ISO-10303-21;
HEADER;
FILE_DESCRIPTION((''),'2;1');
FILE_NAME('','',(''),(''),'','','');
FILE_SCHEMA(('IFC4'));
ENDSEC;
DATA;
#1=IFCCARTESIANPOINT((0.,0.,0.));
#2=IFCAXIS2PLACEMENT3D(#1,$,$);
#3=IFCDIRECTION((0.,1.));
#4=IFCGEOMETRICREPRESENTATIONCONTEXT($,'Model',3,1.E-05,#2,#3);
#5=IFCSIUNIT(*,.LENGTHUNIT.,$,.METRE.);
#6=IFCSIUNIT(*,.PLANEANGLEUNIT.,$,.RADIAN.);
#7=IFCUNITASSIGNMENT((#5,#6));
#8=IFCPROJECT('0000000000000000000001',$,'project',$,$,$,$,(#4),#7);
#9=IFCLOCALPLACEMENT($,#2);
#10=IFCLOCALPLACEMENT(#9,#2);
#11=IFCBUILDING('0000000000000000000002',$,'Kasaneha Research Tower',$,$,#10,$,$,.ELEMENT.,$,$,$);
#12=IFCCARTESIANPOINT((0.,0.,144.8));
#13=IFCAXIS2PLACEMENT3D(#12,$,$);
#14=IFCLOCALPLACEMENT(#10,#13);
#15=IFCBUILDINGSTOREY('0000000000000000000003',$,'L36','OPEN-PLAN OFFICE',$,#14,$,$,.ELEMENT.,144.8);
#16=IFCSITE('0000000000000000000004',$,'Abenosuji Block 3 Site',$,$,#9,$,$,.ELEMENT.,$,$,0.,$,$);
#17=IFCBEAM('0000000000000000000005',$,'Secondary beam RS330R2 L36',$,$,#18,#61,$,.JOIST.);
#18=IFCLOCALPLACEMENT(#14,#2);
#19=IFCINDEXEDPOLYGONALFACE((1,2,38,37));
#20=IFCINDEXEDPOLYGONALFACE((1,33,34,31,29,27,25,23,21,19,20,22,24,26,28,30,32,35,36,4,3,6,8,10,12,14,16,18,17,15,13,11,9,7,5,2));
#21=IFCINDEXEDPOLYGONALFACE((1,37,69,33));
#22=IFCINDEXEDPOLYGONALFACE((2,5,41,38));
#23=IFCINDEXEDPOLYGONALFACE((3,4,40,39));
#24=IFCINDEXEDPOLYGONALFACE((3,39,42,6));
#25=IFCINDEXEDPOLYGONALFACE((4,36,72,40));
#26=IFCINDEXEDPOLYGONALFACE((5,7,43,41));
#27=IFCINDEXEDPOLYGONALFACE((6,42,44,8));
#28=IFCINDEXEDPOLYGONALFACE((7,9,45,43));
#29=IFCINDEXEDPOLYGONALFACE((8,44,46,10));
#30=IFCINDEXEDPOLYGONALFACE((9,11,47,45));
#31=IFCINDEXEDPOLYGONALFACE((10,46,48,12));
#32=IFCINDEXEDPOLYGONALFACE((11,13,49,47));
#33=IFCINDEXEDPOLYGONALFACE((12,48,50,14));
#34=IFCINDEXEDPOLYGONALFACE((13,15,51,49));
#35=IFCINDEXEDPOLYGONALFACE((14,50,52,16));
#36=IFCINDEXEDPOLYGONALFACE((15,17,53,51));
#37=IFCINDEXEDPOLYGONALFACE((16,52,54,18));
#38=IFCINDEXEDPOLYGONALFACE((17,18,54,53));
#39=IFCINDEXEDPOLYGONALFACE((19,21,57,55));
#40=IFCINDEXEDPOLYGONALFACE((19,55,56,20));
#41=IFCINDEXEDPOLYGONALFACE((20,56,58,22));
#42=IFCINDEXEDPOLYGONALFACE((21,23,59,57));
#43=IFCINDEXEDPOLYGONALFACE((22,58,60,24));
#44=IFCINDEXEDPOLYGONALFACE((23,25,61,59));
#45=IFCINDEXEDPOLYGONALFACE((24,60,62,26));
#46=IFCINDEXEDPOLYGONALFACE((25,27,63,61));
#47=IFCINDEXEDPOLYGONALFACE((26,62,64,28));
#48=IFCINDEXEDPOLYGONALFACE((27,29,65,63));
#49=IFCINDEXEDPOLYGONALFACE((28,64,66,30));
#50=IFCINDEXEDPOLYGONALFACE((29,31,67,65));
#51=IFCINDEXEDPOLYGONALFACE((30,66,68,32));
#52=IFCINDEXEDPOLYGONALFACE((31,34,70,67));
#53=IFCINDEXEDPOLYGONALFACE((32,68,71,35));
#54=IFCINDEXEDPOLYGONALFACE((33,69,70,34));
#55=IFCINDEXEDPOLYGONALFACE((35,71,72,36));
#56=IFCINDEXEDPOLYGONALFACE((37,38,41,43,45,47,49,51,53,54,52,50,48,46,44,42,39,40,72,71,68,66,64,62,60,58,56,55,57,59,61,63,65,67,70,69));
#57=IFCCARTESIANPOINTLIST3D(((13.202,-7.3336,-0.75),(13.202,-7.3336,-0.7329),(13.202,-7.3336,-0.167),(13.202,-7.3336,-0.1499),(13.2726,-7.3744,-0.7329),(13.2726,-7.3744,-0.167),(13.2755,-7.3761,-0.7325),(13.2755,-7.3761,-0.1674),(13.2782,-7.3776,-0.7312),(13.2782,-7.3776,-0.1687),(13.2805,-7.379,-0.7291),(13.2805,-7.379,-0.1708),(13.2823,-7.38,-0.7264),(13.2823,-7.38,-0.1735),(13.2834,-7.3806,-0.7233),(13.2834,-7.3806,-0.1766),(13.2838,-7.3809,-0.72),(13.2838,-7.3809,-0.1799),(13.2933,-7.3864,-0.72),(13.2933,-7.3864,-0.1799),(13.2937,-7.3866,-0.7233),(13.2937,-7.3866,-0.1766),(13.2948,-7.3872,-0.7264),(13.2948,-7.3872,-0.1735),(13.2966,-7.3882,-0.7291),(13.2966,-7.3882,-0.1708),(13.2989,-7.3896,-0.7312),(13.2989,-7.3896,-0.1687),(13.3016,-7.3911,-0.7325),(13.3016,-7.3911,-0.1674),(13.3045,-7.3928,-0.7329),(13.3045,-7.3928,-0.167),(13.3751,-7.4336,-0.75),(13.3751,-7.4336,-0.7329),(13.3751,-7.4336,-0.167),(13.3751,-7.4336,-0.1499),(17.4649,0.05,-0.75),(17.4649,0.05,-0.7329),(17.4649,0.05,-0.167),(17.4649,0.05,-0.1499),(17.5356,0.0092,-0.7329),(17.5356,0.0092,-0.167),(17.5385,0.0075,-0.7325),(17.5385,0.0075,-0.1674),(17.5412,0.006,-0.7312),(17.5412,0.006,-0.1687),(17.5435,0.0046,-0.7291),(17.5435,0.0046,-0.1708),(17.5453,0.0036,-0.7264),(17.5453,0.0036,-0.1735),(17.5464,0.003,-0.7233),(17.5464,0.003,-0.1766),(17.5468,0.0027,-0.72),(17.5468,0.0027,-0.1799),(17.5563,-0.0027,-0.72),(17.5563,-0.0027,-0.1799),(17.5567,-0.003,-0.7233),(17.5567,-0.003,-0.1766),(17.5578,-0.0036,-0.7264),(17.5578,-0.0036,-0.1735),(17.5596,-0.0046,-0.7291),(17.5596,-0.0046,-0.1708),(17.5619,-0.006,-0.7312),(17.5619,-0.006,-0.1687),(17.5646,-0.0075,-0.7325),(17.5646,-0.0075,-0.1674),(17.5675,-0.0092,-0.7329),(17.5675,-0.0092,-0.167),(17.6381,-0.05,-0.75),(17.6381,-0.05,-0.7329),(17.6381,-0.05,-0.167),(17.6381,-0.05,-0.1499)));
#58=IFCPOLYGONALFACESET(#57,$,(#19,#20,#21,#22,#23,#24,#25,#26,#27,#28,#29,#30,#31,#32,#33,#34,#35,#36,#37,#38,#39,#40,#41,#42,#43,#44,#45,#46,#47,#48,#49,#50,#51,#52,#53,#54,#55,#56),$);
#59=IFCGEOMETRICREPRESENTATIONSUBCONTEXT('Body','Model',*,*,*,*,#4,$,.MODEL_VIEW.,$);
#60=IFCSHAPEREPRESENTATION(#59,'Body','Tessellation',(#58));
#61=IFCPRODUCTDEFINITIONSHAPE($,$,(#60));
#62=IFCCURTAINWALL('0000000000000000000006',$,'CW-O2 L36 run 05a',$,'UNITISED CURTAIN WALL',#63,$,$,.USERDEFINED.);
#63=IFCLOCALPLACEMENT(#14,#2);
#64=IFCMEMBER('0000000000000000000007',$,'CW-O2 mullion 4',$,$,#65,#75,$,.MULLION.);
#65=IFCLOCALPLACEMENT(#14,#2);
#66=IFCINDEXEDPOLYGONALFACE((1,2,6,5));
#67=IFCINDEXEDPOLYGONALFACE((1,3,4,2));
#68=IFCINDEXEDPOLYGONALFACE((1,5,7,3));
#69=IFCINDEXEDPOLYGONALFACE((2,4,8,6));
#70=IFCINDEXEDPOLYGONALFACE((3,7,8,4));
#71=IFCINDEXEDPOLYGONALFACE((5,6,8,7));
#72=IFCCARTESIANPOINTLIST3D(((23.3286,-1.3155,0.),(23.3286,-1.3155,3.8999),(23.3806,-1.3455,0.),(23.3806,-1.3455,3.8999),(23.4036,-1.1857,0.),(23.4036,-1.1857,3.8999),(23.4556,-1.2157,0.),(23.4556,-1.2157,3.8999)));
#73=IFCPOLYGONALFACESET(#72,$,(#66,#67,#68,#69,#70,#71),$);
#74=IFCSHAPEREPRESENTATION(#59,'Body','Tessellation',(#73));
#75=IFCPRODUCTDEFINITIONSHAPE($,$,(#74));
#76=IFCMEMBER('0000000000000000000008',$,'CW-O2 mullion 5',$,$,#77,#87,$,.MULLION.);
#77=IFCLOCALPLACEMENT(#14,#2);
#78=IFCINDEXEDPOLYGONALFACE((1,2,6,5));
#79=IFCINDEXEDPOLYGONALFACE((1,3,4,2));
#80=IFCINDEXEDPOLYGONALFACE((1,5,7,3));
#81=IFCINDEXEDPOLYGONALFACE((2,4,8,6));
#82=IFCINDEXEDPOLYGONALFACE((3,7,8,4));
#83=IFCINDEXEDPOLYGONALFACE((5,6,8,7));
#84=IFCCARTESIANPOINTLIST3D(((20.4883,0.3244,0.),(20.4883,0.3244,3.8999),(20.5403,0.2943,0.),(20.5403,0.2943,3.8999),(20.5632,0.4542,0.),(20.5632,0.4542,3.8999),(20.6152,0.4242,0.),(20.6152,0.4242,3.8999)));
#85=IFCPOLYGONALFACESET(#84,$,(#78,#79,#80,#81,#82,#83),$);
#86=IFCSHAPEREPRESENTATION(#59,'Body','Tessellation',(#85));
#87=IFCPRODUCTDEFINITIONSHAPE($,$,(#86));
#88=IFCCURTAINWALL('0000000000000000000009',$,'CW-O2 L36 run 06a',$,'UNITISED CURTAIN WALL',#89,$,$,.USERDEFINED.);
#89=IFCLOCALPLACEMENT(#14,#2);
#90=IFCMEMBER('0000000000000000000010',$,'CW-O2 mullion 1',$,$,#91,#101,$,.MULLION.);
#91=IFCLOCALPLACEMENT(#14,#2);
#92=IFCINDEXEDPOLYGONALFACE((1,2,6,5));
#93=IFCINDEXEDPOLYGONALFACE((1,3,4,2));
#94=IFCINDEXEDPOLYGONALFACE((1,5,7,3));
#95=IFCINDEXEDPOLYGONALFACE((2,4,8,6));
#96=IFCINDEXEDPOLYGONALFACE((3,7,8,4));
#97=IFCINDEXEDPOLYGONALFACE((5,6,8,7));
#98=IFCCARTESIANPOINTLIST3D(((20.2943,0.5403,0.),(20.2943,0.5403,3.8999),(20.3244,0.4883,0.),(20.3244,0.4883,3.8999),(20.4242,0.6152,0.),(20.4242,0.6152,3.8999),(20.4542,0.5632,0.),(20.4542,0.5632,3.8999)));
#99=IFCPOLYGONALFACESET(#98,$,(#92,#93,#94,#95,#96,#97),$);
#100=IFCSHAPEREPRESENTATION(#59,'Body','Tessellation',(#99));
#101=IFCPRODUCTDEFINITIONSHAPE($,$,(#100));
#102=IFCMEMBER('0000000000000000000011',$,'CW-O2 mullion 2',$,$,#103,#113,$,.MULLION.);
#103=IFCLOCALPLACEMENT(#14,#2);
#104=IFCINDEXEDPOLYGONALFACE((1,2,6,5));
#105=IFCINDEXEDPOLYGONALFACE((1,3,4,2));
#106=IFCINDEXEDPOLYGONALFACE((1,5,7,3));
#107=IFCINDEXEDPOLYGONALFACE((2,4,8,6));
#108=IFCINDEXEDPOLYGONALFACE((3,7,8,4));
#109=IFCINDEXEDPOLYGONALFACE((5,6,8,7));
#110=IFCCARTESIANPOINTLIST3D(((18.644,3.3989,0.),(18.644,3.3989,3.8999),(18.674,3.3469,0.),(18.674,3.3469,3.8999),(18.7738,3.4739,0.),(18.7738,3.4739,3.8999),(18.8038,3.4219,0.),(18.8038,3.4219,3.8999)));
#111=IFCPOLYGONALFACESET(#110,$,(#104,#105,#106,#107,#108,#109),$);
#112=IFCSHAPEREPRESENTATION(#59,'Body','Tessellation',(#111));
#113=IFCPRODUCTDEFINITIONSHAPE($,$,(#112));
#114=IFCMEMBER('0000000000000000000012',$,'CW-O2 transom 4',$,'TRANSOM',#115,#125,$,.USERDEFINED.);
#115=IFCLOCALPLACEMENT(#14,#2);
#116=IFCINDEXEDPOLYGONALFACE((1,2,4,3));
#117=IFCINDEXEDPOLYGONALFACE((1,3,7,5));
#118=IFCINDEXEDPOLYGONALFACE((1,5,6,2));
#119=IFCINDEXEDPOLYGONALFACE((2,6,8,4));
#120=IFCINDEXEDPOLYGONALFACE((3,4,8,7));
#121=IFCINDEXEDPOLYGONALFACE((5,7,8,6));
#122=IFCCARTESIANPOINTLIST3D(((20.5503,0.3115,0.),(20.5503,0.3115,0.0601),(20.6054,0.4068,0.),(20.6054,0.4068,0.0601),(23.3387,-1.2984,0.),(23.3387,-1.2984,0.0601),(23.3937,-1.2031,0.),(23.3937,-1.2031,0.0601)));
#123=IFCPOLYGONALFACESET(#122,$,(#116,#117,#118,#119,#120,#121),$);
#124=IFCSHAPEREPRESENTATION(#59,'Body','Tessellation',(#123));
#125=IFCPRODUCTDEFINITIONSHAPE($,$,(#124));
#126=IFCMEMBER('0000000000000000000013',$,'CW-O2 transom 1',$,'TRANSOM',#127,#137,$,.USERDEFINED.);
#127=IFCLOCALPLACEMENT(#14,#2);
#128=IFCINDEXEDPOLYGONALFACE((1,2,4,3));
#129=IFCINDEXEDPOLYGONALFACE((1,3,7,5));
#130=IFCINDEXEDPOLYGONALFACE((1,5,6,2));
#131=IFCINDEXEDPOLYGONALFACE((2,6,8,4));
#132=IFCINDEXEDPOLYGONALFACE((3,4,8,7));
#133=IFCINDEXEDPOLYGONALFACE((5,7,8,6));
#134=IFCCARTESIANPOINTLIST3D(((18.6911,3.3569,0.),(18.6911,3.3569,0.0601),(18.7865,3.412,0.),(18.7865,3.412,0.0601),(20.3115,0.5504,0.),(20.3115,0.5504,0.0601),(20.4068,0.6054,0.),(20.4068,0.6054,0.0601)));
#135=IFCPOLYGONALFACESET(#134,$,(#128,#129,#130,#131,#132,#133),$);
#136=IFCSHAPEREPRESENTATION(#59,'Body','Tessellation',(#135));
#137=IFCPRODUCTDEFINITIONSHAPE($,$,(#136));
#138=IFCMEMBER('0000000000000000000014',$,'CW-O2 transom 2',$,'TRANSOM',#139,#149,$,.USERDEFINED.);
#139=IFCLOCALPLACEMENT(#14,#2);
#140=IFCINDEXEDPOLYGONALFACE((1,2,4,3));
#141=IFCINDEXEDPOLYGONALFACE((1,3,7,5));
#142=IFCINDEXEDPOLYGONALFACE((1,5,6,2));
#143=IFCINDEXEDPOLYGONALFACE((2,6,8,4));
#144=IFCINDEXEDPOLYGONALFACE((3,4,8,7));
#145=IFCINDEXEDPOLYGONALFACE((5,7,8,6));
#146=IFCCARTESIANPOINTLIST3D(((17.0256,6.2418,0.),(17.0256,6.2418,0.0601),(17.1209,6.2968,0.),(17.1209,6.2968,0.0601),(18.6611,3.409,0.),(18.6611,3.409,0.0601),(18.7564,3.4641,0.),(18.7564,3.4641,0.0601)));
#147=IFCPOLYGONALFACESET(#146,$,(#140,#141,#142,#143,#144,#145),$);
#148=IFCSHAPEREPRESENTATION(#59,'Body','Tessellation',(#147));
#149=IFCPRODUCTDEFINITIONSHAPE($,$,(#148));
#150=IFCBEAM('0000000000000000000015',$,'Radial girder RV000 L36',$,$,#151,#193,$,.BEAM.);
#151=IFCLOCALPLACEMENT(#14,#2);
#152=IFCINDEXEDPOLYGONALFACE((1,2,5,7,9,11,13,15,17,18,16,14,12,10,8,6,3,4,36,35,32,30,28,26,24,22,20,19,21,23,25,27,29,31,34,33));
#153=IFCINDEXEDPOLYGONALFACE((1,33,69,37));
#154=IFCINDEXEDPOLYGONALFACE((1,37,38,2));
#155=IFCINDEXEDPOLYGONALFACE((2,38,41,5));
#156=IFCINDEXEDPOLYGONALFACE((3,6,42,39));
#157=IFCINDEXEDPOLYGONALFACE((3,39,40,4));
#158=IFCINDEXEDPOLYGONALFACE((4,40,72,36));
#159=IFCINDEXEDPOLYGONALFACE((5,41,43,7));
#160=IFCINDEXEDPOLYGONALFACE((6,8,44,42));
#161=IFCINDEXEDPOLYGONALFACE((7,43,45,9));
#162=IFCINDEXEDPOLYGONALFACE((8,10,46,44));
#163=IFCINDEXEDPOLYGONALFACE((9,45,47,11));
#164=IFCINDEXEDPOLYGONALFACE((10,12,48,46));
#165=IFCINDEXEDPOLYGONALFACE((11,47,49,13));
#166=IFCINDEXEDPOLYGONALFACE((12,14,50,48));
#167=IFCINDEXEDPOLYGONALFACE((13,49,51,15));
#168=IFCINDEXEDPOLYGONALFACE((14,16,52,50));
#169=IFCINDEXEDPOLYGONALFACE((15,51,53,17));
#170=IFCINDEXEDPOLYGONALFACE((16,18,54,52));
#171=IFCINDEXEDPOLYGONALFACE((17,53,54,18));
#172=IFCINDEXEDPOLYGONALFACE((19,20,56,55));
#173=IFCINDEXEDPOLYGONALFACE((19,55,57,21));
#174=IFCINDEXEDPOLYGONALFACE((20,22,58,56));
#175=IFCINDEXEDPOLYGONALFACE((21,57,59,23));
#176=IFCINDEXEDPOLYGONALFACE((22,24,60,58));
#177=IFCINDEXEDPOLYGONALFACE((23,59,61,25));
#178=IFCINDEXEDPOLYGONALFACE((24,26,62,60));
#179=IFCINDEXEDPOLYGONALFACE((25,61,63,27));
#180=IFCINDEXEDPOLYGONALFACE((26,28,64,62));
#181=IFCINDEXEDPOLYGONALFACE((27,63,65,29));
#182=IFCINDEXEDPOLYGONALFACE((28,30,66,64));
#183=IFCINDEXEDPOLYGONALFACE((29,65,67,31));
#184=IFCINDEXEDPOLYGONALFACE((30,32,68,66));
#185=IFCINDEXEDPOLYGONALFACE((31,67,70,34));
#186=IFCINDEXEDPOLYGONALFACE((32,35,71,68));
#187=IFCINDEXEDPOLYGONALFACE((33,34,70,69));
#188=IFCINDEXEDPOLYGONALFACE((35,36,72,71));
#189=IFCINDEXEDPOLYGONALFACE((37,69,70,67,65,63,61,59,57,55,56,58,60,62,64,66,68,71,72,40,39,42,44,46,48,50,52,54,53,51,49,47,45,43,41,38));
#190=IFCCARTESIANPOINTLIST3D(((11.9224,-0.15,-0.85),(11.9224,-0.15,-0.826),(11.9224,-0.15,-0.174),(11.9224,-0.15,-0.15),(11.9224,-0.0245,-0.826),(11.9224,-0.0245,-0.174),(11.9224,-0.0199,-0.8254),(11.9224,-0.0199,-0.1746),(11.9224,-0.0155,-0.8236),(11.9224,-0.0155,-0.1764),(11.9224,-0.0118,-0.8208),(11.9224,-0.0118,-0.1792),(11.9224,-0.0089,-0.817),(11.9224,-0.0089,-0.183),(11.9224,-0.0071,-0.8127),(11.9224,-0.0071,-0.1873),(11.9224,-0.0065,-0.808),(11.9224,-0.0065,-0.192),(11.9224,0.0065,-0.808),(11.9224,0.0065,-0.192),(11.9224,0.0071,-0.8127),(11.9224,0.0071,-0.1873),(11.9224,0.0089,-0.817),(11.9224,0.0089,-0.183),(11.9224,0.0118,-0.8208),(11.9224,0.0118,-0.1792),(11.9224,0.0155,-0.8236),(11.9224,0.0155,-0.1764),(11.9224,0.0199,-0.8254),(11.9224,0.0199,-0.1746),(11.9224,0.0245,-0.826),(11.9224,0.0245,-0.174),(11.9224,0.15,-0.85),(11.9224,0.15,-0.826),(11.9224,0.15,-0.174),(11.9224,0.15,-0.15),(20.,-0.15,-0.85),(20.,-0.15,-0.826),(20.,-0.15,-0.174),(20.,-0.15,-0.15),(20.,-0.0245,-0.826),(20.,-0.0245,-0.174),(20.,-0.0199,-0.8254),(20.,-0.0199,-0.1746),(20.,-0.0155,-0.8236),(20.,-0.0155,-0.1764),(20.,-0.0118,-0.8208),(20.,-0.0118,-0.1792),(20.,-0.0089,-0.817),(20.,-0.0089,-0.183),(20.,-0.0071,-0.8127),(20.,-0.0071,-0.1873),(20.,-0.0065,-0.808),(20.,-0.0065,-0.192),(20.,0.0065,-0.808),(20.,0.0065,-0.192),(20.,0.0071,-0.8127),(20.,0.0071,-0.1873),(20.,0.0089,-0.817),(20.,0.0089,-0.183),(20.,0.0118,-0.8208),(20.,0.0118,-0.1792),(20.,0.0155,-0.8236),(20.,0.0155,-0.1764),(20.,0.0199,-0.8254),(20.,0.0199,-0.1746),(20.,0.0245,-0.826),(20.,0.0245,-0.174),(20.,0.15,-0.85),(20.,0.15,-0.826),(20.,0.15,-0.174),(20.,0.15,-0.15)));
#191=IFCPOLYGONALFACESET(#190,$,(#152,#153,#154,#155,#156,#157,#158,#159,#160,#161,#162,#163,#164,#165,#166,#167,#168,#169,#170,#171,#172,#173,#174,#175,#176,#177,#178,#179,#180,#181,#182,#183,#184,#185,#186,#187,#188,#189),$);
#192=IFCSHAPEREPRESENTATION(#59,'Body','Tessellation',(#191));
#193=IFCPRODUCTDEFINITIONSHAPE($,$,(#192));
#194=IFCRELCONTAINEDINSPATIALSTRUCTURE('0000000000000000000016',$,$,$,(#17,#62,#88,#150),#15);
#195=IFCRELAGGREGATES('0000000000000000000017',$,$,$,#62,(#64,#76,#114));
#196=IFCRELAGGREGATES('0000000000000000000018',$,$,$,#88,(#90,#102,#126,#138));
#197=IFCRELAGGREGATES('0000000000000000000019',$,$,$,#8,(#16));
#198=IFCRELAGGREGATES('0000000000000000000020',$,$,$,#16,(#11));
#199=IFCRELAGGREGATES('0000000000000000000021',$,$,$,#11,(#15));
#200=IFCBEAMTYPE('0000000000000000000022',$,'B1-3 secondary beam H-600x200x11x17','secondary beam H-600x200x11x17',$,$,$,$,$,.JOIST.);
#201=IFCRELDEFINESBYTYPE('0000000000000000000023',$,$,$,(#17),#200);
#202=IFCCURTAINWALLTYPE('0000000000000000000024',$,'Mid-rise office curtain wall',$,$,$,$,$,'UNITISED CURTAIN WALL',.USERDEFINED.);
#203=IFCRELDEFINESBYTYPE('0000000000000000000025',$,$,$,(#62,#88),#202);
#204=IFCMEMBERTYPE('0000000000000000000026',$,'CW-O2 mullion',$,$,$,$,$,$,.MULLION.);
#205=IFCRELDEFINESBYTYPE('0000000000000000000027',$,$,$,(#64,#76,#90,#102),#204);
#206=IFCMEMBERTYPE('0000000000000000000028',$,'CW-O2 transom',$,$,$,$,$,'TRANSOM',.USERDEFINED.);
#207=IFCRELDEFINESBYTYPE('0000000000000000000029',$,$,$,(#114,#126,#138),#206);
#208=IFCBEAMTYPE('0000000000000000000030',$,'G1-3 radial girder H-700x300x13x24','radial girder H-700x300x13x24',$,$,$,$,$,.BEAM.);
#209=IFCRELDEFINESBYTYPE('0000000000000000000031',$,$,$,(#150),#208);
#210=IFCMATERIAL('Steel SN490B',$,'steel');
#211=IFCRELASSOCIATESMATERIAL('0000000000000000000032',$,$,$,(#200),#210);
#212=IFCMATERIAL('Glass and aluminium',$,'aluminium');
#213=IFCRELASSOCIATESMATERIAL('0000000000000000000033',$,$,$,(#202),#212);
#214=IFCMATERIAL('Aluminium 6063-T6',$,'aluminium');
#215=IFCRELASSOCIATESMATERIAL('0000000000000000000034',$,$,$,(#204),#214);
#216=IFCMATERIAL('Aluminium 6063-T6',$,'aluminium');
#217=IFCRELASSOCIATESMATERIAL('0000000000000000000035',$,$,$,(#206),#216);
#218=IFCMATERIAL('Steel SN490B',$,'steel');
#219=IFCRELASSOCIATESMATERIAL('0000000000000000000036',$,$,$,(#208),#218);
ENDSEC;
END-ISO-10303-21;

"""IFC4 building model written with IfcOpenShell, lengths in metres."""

from ifc_helpers import new_model, si_unit, direction, frame, origin, origin_2d, place, context, subcontext, project, spatial, rectangle, i_section, extrude, material, material_profile, profile_set, type_object, element, aggregate, save


model = new_model("IFC4")

# Units and contexts
model_context = context("Model", 3, precision=1e-05, world=origin(), true_north=direction((0.0, 1.0)))
body_context = subcontext(model_context, "Body", "Model", "MODEL_VIEW")
ifc_project = project(units=[si_unit("LENGTHUNIT", "METRE"), si_unit("PLANEANGLEUNIT", "RADIAN")], contexts=[model_context])

# Site, building, storey
site_placement = place(None, origin())
site = spatial("IfcSite", under=ifc_project, at=site_placement, Name="Abenosuji Block 3 Site", CompositionType="ELEMENT", RefElevation=0.0)
building_placement = place(site_placement, origin())
building = spatial("IfcBuilding", under=site, at=building_placement, Name="Kasaneha Research Tower", CompositionType="ELEMENT")
storey_placement = place(building_placement, frame((0.0, 0.0, 144.8)))
storey = spatial("IfcBuildingStorey", under=building, at=storey_placement, Name="L36", Description="OPEN-PLAN OFFICE", CompositionType="ELEMENT", Elevation=144.8)

# Beam
ifc_material_1 = material(Name="Steel SN490B", Category="steel")
ifc_material_profile_1 = material_profile(ifc_material_1, i_section(OverallWidth=0.2, OverallDepth=0.6001, WebThickness=0.011, FlangeThickness=0.0171, FilletRadius=0.0129, at=origin_2d()), Name="H-600x200x11x17")
ifc_profile_set_1 = profile_set([ifc_material_profile_1], Name="Steel SN490B")
beam_type_1 = type_object("IfcBeamType", Name="B1-3 secondary beam H-600x200x11x17", Description="secondary beam H-600x200x11x17", PredefinedType="JOIST", material=ifc_profile_set_1)
beam_1_placement = place(storey_placement, frame((17.5515, 0.0, -0.45), z_axis=(-0.500004, -0.866023, 0.0), x_axis=(0.866023, -0.500004, 0.0)))
element("IfcBeam", 1, at=beam_1_placement, inside=storey, type_object=beam_type_1, Name="Secondary beam RS330R2 L36", PredefinedType="JOIST", context=body_context, shape_type="SweptSolid", body=[
    extrude(i_section(OverallWidth=0.2, OverallDepth=0.6001, WebThickness=0.011, FlangeThickness=0.0171, FilletRadius=0.0129, at=origin_2d()), origin(), (0.0, 0.0, 1.0), 8.5259),
])

# Curtain walls, members
ifc_material_2 = material(Name="Glass and aluminium", Category="aluminium")
curtain_wall_type = type_object("IfcCurtainWallType", Name="Mid-rise office curtain wall", ElementType="UNITISED CURTAIN WALL", PredefinedType="USERDEFINED", material=ifc_material_2)
curtain_wall_1_placement = place(storey_placement, origin())
curtain_wall_1 = element("IfcCurtainWall", 2, at=curtain_wall_1_placement, inside=storey, type_object=curtain_wall_type, Name="CW-O2 L36 run 05a", ObjectType="UNITISED CURTAIN WALL", PredefinedType="USERDEFINED")
ifc_material_3 = material(Name="Aluminium 6063-T6", Category="aluminium")
ifc_material_profile_2 = material_profile(ifc_material_3, rectangle(XDim=0.0601, YDim=0.1499, at=origin_2d()), Name="CW-O2 mullion 60x150")
ifc_profile_set_2 = profile_set([ifc_material_profile_2], Name="Aluminium 6063-T6")
member_type_1 = type_object("IfcMemberType", Name="CW-O2 mullion", PredefinedType="MULLION", material=ifc_profile_set_2)
member_1_placement = place(storey_placement, frame((23.3921, -1.2656, 0.0), z_axis=(0.0, 0.0, 1.0), x_axis=(-0.866025, 0.5, 0.0)))
member_1 = element("IfcMember", 3, at=member_1_placement, type_object=member_type_1, Name="CW-O2 mullion 4", PredefinedType="MULLION", context=body_context, shape_type="SweptSolid", body=[
    extrude(rectangle(XDim=0.0601, YDim=0.1499, at=origin_2d()), origin(), (0.0, 0.0, 1.0), 3.8999),
])
member_2_placement = place(storey_placement, frame((20.5518, 0.3743, 0.0), z_axis=(0.0, 0.0, 1.0), x_axis=(-0.866025, 0.5, 0.0)))
member_2 = element("IfcMember", 4, at=member_2_placement, type_object=member_type_1, Name="CW-O2 mullion 5", PredefinedType="MULLION", context=body_context, shape_type="SweptSolid", body=[
    extrude(rectangle(XDim=0.0601, YDim=0.1499, at=origin_2d()), origin(), (0.0, 0.0, 1.0), 3.8999),
])
curtain_wall_2_placement = place(storey_placement, origin())
curtain_wall_2 = element("IfcCurtainWall", 5, at=curtain_wall_2_placement, inside=storey, type_object=curtain_wall_type, Name="CW-O2 L36 run 06a", ObjectType="UNITISED CURTAIN WALL", PredefinedType="USERDEFINED")
member_3_placement = place(storey_placement, frame((20.3743, 0.5518, 0.0), z_axis=(0.0, 0.0, 1.0), x_axis=(-0.5, 0.866025, 0.0)))
member_3 = element("IfcMember", 6, at=member_3_placement, type_object=member_type_1, Name="CW-O2 mullion 1", PredefinedType="MULLION", context=body_context, shape_type="SweptSolid", body=[
    extrude(rectangle(XDim=0.0601, YDim=0.1499, at=origin_2d()), origin(), (0.0, 0.0, 1.0), 3.8999),
])
member_4_placement = place(storey_placement, frame((18.7239, 3.4104, 0.0), z_axis=(0.0, 0.0, 1.0), x_axis=(-0.5, 0.866025, 0.0)))
member_4 = element("IfcMember", 7, at=member_4_placement, type_object=member_type_1, Name="CW-O2 mullion 2", PredefinedType="MULLION", context=body_context, shape_type="SweptSolid", body=[
    extrude(rectangle(XDim=0.0601, YDim=0.1499, at=origin_2d()), origin(), (0.0, 0.0, 1.0), 3.8999),
])

# Members
ifc_material_4 = material(Name="Aluminium 6063-T6", Category="aluminium")
ifc_material_profile_3 = material_profile(ifc_material_4, rectangle(XDim=0.1101, YDim=0.0601, at=origin_2d()), Name="CW-O2 transom 110x60")
ifc_profile_set_3 = profile_set([ifc_material_profile_3], Name="Aluminium 6063-T6")
member_type_2 = type_object("IfcMemberType", Name="CW-O2 transom", ElementType="TRANSOM", PredefinedType="USERDEFINED", material=ifc_profile_set_3)
member_5_placement = place(storey_placement, frame((23.3662, -1.2507, 0.03), z_axis=(-0.866023, 0.500005, 0.0), x_axis=(-0.500005, -0.866023, 0.0)))
member_5 = element("IfcMember", 8, at=member_5_placement, type_object=member_type_2, Name="CW-O2 transom 4", ObjectType="TRANSOM", PredefinedType="USERDEFINED", context=body_context, shape_type="SweptSolid", body=[
    extrude(rectangle(XDim=0.1101, YDim=0.0601, at=origin_2d()), origin(), (0.0, 0.0, 1.0), 3.2197),
])
member_6_placement = place(storey_placement, frame((20.3591, 0.5779, 0.03), z_axis=(-0.499988, 0.866033, 0.0), x_axis=(-0.866033, -0.499988, 0.0)))
member_6 = element("IfcMember", 9, at=member_6_placement, type_object=member_type_2, Name="CW-O2 transom 1", ObjectType="TRANSOM", PredefinedType="USERDEFINED", context=body_context, shape_type="SweptSolid", body=[
    extrude(rectangle(XDim=0.1101, YDim=0.0601, at=origin_2d()), origin(), (0.0, 0.0, 1.0), 3.2407),
])
member_7_placement = place(storey_placement, frame((18.7087, 3.4365, 0.03), z_axis=(-0.5, 0.866025, 0.0), x_axis=(-0.866025, -0.5, 0.0)))
member_7 = element("IfcMember", 10, at=member_7_placement, type_object=member_type_2, Name="CW-O2 transom 2", ObjectType="TRANSOM", PredefinedType="USERDEFINED", context=body_context, shape_type="SweptSolid", body=[
    extrude(rectangle(XDim=0.1101, YDim=0.0601, at=origin_2d()), origin(), (0.0, 0.0, 1.0), 3.271),
])

# Beam
ifc_material_5 = material(Name="Steel SN490B", Category="steel")
ifc_material_profile_4 = material_profile(ifc_material_5, i_section(OverallWidth=0.3, OverallDepth=0.7, WebThickness=0.0129, FlangeThickness=0.0239, FilletRadius=0.0181, at=origin_2d()), Name="H-700x300x13x24")
ifc_profile_set_4 = profile_set([ifc_material_profile_4], Name="Steel SN490B")
beam_type_2 = type_object("IfcBeamType", Name="G1-3 radial girder H-700x300x13x24", Description="radial girder H-700x300x13x24", PredefinedType="BEAM", material=ifc_profile_set_4)
beam_2_placement = place(storey_placement, frame((11.9224, 0.0, -0.5), z_axis=(1.0, 0.0, 0.0), x_axis=(0.0, 1.0, 0.0)))
element("IfcBeam", 11, at=beam_2_placement, inside=storey, type_object=beam_type_2, Name="Radial girder RV000 L36", PredefinedType="BEAM", context=body_context, shape_type="SweptSolid", body=[
    extrude(i_section(OverallWidth=0.3, OverallDepth=0.7, WebThickness=0.0129, FlangeThickness=0.0239, FilletRadius=0.0181, at=origin_2d()), origin(), (0.0, 0.0, 1.0), 8.0776),
])

aggregate(curtain_wall_1, [member_1, member_2, member_5])
aggregate(curtain_wall_2, [member_3, member_4, member_6, member_7])

save(model, "model.ifc")
